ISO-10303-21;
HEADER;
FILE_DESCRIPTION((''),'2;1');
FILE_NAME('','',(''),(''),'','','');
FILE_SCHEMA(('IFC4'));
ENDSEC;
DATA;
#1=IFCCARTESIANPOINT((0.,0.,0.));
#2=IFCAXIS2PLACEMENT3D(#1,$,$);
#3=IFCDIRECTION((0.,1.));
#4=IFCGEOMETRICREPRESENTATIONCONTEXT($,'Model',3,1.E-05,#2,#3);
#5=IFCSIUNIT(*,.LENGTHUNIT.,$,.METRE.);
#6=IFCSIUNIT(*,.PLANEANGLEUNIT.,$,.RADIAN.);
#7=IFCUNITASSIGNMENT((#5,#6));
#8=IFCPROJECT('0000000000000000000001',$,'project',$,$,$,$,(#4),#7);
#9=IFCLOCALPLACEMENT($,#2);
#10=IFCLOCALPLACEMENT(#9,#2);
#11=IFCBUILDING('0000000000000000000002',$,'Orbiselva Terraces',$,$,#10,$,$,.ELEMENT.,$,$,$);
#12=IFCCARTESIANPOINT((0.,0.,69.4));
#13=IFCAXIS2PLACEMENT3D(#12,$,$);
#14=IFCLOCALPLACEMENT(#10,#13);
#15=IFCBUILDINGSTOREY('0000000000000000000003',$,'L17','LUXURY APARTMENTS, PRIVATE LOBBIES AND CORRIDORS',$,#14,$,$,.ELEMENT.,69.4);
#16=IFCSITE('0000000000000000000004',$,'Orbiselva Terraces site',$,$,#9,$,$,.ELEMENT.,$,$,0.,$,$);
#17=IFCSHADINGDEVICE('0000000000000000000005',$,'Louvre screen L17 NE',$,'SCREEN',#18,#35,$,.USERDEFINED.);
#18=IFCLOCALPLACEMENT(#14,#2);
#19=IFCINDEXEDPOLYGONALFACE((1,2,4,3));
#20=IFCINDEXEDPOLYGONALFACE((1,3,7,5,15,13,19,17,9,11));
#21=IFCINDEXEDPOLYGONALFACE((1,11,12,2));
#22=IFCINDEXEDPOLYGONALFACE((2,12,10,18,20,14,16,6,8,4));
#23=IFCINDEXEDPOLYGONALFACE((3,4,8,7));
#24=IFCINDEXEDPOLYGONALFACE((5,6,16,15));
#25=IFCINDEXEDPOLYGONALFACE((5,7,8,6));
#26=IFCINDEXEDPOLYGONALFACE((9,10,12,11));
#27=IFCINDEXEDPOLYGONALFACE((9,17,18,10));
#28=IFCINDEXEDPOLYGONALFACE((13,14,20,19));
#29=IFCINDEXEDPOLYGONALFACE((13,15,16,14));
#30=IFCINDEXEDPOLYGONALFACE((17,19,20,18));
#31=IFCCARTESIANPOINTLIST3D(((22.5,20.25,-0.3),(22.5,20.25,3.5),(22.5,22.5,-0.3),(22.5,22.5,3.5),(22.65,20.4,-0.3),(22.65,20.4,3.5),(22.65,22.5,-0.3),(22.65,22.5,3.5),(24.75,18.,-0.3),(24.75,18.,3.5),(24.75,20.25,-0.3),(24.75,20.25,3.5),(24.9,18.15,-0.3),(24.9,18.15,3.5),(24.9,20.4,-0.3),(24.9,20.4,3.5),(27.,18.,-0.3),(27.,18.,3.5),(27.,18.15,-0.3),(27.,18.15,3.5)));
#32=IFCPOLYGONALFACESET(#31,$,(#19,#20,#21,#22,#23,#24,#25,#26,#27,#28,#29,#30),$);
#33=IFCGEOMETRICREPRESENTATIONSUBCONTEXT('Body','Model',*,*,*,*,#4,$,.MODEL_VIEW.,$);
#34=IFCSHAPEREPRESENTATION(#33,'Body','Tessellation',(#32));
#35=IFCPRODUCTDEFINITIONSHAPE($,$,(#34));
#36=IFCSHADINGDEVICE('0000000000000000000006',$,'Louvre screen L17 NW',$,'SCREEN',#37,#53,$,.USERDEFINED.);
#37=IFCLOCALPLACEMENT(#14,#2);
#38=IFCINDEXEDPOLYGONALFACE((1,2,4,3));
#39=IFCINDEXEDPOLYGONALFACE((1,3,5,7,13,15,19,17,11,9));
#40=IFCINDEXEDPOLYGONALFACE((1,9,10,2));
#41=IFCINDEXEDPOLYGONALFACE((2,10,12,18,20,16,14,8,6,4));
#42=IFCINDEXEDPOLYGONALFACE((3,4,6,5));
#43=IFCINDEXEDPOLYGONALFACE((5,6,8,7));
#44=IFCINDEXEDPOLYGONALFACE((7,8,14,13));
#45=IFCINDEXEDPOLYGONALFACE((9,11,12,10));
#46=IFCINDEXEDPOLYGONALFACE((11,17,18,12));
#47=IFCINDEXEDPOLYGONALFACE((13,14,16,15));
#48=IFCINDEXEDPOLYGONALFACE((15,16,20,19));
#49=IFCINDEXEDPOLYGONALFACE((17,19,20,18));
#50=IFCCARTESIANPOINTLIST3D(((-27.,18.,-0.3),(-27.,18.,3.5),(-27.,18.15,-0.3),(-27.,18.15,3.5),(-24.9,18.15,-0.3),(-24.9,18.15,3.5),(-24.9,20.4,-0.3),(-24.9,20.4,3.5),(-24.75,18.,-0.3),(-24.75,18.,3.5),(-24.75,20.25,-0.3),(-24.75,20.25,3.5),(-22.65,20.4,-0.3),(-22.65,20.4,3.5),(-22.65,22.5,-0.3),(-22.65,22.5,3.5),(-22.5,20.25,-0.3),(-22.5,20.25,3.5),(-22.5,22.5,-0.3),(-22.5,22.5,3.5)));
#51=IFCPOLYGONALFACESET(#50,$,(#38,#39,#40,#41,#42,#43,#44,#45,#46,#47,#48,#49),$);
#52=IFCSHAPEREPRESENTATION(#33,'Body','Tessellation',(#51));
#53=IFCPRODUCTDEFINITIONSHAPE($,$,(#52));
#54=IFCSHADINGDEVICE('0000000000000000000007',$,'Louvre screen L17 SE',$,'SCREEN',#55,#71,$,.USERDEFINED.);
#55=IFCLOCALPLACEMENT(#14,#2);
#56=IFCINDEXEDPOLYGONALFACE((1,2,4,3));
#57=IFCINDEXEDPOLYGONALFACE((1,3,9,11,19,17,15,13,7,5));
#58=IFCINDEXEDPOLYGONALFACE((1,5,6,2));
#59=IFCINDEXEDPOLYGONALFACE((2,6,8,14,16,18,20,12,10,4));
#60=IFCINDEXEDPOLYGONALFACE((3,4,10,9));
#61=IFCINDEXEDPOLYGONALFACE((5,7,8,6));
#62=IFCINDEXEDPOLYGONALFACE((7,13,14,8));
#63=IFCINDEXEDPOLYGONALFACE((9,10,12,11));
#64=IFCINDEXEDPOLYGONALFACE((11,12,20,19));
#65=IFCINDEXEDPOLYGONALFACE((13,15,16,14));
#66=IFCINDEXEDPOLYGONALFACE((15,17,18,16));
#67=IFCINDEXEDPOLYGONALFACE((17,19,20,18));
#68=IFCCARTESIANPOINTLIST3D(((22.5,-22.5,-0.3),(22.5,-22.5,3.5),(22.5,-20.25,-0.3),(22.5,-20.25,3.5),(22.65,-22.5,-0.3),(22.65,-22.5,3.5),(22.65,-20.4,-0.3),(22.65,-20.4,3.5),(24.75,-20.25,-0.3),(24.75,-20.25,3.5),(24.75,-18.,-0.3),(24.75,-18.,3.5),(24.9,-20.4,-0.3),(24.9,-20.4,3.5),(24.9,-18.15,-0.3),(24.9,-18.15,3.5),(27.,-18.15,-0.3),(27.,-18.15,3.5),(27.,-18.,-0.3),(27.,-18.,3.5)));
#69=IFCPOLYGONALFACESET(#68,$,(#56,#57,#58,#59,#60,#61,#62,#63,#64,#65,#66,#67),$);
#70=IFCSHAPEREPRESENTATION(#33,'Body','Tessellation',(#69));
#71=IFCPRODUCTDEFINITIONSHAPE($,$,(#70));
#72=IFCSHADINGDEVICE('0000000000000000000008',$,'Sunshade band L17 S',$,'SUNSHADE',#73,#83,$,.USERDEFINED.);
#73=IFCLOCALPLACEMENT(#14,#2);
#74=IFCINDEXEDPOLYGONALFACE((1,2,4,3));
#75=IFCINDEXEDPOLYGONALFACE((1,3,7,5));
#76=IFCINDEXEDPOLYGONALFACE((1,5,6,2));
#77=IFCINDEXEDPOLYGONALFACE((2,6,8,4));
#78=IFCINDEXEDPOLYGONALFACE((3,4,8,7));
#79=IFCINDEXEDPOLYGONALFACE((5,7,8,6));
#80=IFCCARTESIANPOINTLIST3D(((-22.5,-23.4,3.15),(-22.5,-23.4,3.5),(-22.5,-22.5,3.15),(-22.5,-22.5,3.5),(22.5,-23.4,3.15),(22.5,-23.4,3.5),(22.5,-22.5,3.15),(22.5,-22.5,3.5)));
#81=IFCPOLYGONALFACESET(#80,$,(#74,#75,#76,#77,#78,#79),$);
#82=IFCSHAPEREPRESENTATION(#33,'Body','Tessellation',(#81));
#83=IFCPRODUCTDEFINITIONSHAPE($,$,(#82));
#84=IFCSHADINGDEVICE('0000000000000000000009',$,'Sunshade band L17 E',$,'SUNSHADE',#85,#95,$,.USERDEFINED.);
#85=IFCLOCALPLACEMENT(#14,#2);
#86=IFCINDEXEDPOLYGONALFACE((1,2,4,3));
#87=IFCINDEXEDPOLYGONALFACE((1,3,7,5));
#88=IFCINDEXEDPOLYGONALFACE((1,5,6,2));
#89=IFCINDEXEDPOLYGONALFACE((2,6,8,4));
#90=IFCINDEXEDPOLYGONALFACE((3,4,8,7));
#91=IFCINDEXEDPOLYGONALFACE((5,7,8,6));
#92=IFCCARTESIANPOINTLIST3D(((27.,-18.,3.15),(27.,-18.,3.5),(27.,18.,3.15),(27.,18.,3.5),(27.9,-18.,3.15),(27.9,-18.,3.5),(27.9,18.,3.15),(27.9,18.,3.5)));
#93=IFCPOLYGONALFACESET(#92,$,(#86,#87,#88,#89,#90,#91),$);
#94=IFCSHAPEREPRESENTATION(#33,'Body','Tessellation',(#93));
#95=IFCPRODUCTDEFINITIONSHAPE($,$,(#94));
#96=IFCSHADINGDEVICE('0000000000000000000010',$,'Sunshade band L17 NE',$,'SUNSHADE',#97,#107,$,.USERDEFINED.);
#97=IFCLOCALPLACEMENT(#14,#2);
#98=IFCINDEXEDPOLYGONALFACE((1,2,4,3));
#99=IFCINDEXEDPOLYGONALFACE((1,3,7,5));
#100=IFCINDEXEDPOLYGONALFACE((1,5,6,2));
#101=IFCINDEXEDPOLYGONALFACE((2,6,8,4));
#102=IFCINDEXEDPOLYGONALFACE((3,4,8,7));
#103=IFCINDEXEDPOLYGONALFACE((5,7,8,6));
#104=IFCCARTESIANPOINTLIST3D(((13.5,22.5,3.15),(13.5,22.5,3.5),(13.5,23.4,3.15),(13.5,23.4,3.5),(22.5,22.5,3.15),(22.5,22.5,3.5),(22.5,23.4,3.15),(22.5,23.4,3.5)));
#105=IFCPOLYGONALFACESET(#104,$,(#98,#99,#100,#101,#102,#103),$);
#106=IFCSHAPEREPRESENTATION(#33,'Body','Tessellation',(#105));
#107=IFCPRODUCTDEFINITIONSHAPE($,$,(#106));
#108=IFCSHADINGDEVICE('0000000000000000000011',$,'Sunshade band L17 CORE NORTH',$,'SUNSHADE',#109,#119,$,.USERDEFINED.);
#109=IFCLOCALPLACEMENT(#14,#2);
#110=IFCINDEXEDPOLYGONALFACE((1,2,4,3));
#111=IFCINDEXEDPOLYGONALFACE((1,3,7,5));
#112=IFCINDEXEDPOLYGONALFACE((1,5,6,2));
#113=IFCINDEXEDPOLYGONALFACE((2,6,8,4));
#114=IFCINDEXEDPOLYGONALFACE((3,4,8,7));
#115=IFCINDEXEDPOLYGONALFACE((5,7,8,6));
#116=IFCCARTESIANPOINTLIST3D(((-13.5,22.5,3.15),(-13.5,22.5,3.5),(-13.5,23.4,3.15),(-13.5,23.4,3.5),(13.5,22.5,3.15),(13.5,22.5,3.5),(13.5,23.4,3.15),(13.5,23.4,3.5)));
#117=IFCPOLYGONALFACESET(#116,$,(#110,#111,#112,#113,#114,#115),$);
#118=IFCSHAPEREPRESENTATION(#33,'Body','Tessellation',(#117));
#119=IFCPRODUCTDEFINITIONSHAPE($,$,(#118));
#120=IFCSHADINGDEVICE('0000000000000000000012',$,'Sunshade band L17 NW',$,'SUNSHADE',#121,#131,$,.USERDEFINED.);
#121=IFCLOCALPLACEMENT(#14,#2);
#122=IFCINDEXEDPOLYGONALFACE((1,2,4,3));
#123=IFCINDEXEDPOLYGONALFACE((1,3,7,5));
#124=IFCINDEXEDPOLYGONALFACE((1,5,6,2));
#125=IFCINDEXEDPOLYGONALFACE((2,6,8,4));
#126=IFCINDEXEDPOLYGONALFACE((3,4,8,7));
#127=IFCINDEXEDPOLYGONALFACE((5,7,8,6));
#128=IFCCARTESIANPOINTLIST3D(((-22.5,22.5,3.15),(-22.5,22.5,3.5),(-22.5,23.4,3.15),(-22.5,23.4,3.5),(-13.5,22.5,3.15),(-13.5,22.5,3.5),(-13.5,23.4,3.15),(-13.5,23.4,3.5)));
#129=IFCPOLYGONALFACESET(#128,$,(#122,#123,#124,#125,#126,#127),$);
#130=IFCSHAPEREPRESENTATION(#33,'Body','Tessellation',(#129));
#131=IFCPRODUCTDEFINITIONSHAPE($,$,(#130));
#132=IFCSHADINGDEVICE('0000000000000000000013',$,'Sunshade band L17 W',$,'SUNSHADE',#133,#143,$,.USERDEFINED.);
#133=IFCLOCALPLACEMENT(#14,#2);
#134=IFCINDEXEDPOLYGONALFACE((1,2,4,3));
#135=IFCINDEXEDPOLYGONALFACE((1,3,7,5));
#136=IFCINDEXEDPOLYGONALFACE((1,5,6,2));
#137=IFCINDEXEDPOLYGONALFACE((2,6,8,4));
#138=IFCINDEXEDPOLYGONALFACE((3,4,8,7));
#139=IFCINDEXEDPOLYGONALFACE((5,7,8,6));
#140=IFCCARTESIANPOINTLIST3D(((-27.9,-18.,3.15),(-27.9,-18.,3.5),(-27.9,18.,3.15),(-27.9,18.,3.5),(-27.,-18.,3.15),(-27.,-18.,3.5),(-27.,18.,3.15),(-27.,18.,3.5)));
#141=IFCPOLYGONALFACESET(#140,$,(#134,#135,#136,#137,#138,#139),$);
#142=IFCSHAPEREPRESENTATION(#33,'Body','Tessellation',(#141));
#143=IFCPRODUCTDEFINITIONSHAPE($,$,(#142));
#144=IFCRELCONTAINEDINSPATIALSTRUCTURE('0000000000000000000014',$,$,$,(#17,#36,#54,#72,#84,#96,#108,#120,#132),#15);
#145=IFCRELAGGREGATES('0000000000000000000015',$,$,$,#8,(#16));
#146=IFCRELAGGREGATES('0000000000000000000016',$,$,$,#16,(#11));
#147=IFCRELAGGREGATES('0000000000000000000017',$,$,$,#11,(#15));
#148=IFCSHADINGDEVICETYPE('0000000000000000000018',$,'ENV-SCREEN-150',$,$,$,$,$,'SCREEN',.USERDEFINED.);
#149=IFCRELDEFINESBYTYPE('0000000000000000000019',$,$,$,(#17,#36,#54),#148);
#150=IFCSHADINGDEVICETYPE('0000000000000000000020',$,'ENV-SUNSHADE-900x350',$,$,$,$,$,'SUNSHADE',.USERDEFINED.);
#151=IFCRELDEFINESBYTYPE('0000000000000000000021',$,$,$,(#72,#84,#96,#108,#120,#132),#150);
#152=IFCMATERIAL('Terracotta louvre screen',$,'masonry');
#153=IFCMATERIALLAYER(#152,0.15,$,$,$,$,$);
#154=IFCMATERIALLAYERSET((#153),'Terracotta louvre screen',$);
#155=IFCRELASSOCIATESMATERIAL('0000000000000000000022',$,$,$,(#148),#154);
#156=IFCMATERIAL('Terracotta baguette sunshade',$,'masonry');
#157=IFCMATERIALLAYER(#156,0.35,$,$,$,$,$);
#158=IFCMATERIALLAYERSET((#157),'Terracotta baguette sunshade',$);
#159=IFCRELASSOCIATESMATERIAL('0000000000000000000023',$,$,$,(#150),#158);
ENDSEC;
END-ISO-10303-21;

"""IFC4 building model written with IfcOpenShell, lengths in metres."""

from ifc_helpers import new_model, si_unit, direction, frame, origin, place, context, subcontext, project, spatial, polyline, outline, extrude, material, layer, layer_set, type_object, element, save


model = new_model("IFC4")

# Units and contexts
model_context = context("Model", 3, precision=1e-05, world=origin(), true_north=direction((0.0, 1.0)))
body_context = subcontext(model_context, "Body", "Model", "MODEL_VIEW")
ifc_project = project(units=[si_unit("LENGTHUNIT", "METRE"), si_unit("PLANEANGLEUNIT", "RADIAN")], contexts=[model_context])

# Site, building, storey
site_placement = place(None, origin())
site = spatial("IfcSite", under=ifc_project, at=site_placement, Name="Orbiselva Terraces site", CompositionType="ELEMENT", RefElevation=0.0)
building_placement = place(site_placement, origin())
building = spatial("IfcBuilding", under=site, at=building_placement, Name="Orbiselva Terraces", CompositionType="ELEMENT")
storey_placement = place(building_placement, frame((0.0, 0.0, 69.4)))
storey = spatial("IfcBuildingStorey", under=building, at=storey_placement, Name="L17", Description="LUXURY APARTMENTS, PRIVATE LOBBIES AND CORRIDORS", CompositionType="ELEMENT", Elevation=69.4)

# Shading devices
ifc_material_1 = material(Name="Terracotta louvre screen", Category="masonry")
ifc_layer_1 = layer(ifc_material_1, 0.15)
ifc_layer_set_1 = layer_set([ifc_layer_1], Name="Terracotta louvre screen")
shading_device_type_1 = type_object("IfcShadingDeviceType", Name="ENV-SCREEN-150", ElementType="SCREEN", PredefinedType="USERDEFINED", material=ifc_layer_set_1)
shading_device_1_placement = place(storey_placement, frame((0.0, 0.0, -0.3)))
element("IfcShadingDevice", 1, at=shading_device_1_placement, inside=storey, type_object=shading_device_type_1, Name="Louvre screen L17 NE", ObjectType="SCREEN", PredefinedType="USERDEFINED", context=body_context, shape_type="SweptSolid", body=[
    extrude(outline(polyline([(27.0, 18.15), (24.9, 18.15), (24.9, 20.4), (22.65, 20.4), (22.65, 22.5), (22.5, 22.5), (22.5, 20.25), (24.75, 20.25), (24.75, 18.0), (27.0, 18.0), (27.0, 18.15)])), origin(), (0.0, 0.0, 1.0), 3.8),
])
shading_device_2_placement = place(storey_placement, frame((0.0, 0.0, -0.3)))
element("IfcShadingDevice", 2, at=shading_device_2_placement, inside=storey, type_object=shading_device_type_1, Name="Louvre screen L17 NW", ObjectType="SCREEN", PredefinedType="USERDEFINED", context=body_context, shape_type="SweptSolid", body=[
    extrude(outline(polyline([(-22.65, 22.5), (-22.65, 20.4), (-24.9, 20.4), (-24.9, 18.15), (-27.0, 18.15), (-27.0, 18.0), (-24.75, 18.0), (-24.75, 20.25), (-22.5, 20.25), (-22.5, 22.5), (-22.65, 22.5)])), origin(), (0.0, 0.0, 1.0), 3.8),
])
shading_device_3_placement = place(storey_placement, frame((0.0, 0.0, -0.3)))
element("IfcShadingDevice", 3, at=shading_device_3_placement, inside=storey, type_object=shading_device_type_1, Name="Louvre screen L17 SE", ObjectType="SCREEN", PredefinedType="USERDEFINED", context=body_context, shape_type="SweptSolid", body=[
    extrude(outline(polyline([(22.65, -22.5), (22.65, -20.4), (24.9, -20.4), (24.9, -18.15), (27.0, -18.15), (27.0, -18.0), (24.75, -18.0), (24.75, -20.25), (22.5, -20.25), (22.5, -22.5), (22.65, -22.5)])), origin(), (0.0, 0.0, 1.0), 3.8),
])
ifc_material_2 = material(Name="Terracotta baguette sunshade", Category="masonry")
ifc_layer_2 = layer(ifc_material_2, 0.35)
ifc_layer_set_2 = layer_set([ifc_layer_2], Name="Terracotta baguette sunshade")
shading_device_type_2 = type_object("IfcShadingDeviceType", Name="ENV-SUNSHADE-900x350", ElementType="SUNSHADE", PredefinedType="USERDEFINED", material=ifc_layer_set_2)
shading_device_4_placement = place(storey_placement, frame((0.0, 0.0, 3.15)))
element("IfcShadingDevice", 4, at=shading_device_4_placement, inside=storey, type_object=shading_device_type_2, Name="Sunshade band L17 S", ObjectType="SUNSHADE", PredefinedType="USERDEFINED", context=body_context, shape_type="SweptSolid", body=[
    extrude(outline(polyline([(-22.5, -23.4), (22.5, -23.4), (22.5, -22.5), (-22.5, -22.5), (-22.5, -23.4)])), origin(), (0.0, 0.0, 1.0), 0.35),
])
shading_device_5_placement = place(storey_placement, frame((0.0, 0.0, 3.15)))
element("IfcShadingDevice", 5, at=shading_device_5_placement, inside=storey, type_object=shading_device_type_2, Name="Sunshade band L17 E", ObjectType="SUNSHADE", PredefinedType="USERDEFINED", context=body_context, shape_type="SweptSolid", body=[
    extrude(outline(polyline([(27.9, -18.0), (27.9, 18.0), (27.0, 18.0), (27.0, -18.0), (27.9, -18.0)])), origin(), (0.0, 0.0, 1.0), 0.35),
])
shading_device_6_placement = place(storey_placement, frame((0.0, 0.0, 3.15)))
element("IfcShadingDevice", 6, at=shading_device_6_placement, inside=storey, type_object=shading_device_type_2, Name="Sunshade band L17 NE", ObjectType="SUNSHADE", PredefinedType="USERDEFINED", context=body_context, shape_type="SweptSolid", body=[
    extrude(outline(polyline([(22.5, 23.4), (13.5, 23.4), (13.5, 22.5), (22.5, 22.5), (22.5, 23.4)])), origin(), (0.0, 0.0, 1.0), 0.35),
])
shading_device_7_placement = place(storey_placement, frame((0.0, 0.0, 3.15)))
element("IfcShadingDevice", 7, at=shading_device_7_placement, inside=storey, type_object=shading_device_type_2, Name="Sunshade band L17 CORE NORTH", ObjectType="SUNSHADE", PredefinedType="USERDEFINED", context=body_context, shape_type="SweptSolid", body=[
    extrude(outline(polyline([(13.5, 23.4), (-13.5, 23.4), (-13.5, 22.5), (13.5, 22.5), (13.5, 23.4)])), origin(), (0.0, 0.0, 1.0), 0.35),
])
shading_device_8_placement = place(storey_placement, frame((0.0, 0.0, 3.15)))
element("IfcShadingDevice", 8, at=shading_device_8_placement, inside=storey, type_object=shading_device_type_2, Name="Sunshade band L17 NW", ObjectType="SUNSHADE", PredefinedType="USERDEFINED", context=body_context, shape_type="SweptSolid", body=[
    extrude(outline(polyline([(-13.5, 23.4), (-22.5, 23.4), (-22.5, 22.5), (-13.5, 22.5), (-13.5, 23.4)])), origin(), (0.0, 0.0, 1.0), 0.35),
])
shading_device_9_placement = place(storey_placement, frame((0.0, 0.0, 3.15)))
element("IfcShadingDevice", 9, at=shading_device_9_placement, inside=storey, type_object=shading_device_type_2, Name="Sunshade band L17 W", ObjectType="SUNSHADE", PredefinedType="USERDEFINED", context=body_context, shape_type="SweptSolid", body=[
    extrude(outline(polyline([(-27.9, 18.0), (-27.9, -18.0), (-27.0, -18.0), (-27.0, 18.0), (-27.9, 18.0)])), origin(), (0.0, 0.0, 1.0), 0.35),
])

save(model, "model.ifc")
